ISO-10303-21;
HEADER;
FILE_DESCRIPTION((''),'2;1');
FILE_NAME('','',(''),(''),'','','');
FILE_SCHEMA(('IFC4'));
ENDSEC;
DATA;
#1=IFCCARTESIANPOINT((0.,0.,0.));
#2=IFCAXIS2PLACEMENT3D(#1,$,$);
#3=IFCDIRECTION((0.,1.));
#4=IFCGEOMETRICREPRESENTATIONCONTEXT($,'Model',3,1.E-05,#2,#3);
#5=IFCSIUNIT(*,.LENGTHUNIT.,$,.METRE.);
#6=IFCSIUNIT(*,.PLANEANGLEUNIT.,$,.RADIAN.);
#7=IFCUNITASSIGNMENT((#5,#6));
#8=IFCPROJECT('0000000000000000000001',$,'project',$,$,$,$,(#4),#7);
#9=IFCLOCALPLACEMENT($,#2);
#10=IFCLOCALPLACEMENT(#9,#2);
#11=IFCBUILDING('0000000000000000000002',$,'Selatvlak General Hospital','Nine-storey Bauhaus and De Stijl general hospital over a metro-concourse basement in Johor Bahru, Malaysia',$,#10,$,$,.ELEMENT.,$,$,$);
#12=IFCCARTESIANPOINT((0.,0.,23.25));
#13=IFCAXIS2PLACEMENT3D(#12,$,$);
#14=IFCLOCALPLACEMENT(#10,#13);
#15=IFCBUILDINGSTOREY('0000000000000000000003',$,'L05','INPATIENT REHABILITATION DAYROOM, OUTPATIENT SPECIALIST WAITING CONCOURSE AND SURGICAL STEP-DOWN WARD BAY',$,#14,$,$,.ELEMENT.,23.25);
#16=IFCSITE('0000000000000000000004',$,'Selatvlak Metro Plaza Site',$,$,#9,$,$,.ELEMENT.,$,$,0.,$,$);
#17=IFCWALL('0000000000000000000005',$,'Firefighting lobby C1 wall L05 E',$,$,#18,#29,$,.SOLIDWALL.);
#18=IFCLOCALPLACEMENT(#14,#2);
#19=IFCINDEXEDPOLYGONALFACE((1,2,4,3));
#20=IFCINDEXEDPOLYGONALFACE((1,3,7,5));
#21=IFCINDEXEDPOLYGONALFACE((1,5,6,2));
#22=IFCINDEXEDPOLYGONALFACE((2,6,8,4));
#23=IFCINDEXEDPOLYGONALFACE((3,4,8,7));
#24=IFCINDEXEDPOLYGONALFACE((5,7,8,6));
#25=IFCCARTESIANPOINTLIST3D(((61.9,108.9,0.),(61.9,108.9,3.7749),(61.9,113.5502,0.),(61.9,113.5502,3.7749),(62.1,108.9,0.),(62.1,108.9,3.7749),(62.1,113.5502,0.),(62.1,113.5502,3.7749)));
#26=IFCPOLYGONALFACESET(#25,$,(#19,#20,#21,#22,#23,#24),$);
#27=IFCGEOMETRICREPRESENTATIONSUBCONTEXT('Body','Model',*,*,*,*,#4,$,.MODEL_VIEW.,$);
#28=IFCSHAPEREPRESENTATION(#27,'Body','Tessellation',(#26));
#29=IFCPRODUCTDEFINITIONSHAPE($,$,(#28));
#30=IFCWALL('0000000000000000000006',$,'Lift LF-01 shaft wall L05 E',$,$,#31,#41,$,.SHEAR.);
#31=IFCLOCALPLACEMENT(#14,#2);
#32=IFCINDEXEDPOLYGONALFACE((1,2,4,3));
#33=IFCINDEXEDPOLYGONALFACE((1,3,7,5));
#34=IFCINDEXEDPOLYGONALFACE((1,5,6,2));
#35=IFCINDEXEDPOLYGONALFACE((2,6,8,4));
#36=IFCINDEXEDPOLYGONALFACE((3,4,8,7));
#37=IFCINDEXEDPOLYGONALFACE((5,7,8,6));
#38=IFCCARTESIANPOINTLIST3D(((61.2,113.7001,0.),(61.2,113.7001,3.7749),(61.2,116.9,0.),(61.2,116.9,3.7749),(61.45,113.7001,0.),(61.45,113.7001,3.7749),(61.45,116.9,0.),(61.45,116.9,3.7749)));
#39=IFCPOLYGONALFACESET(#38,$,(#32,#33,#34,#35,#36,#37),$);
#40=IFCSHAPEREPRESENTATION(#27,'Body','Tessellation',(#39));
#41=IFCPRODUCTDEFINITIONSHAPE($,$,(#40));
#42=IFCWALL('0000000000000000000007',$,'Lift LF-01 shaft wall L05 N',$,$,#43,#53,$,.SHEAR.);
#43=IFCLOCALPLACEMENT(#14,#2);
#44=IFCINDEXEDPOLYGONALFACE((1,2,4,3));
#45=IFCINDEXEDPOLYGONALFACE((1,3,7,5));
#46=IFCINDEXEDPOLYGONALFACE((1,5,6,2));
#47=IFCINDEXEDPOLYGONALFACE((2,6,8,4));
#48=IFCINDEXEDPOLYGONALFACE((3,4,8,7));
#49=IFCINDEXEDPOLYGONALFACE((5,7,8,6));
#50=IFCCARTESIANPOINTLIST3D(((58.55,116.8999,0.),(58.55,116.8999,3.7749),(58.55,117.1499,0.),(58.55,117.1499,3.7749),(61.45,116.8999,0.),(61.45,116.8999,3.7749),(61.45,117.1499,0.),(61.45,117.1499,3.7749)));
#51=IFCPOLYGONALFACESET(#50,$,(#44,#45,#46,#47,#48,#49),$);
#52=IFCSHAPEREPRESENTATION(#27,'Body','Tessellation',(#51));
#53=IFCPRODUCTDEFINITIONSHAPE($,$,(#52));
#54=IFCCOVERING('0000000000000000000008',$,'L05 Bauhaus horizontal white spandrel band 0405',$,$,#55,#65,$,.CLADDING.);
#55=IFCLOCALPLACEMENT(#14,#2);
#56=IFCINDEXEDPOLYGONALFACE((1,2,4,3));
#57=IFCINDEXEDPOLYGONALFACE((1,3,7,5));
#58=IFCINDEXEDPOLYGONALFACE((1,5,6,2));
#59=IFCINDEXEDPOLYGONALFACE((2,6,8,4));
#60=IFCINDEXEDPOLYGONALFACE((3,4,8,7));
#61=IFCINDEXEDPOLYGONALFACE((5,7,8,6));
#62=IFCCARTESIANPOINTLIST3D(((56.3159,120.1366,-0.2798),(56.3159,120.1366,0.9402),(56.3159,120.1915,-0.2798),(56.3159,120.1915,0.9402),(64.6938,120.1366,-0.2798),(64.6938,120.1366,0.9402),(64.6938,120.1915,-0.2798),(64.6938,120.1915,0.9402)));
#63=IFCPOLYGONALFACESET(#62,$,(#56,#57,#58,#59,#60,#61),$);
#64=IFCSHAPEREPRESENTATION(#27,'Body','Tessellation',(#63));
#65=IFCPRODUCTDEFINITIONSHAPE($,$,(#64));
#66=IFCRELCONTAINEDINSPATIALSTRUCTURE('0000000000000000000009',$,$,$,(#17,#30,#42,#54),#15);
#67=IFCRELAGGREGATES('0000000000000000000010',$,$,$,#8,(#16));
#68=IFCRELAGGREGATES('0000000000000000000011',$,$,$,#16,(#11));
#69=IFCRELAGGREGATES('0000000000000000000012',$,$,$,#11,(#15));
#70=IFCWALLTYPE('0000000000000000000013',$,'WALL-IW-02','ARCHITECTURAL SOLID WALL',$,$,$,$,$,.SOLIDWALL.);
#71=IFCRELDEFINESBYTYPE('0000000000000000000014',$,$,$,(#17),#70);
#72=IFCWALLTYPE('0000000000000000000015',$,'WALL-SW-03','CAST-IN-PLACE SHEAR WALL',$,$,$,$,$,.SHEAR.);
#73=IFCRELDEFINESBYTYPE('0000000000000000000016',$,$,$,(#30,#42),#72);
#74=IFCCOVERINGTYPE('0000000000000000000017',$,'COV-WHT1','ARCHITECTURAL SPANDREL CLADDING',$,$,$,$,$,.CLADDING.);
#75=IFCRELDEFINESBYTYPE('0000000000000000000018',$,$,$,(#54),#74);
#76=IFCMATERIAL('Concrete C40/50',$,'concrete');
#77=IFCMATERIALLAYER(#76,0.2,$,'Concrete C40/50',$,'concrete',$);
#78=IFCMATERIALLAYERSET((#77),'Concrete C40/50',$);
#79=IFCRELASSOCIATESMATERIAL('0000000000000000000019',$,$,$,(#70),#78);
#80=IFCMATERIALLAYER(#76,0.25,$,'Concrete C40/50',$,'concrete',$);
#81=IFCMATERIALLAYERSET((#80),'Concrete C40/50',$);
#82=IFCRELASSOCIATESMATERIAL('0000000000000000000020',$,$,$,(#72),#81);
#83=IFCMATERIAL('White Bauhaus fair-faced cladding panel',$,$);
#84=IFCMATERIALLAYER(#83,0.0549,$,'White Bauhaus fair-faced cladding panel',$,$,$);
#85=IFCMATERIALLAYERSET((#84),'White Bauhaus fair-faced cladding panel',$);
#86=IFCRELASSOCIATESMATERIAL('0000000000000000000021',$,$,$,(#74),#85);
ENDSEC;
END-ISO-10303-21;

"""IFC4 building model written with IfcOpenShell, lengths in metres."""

from ifc_helpers import new_model, si_unit, direction, frame, frame_2d, origin, origin_2d, place, context, subcontext, project, spatial, rectangle, extrude, material, layer, layer_set, type_object, element, save


model = new_model("IFC4")

# Units and contexts
model_context = context("Model", 3, precision=1e-05, world=origin(), true_north=direction((0.0, 1.0)))
body_context = subcontext(model_context, "Body", "Model", "MODEL_VIEW")
ifc_project = project(units=[si_unit("LENGTHUNIT", "METRE"), si_unit("PLANEANGLEUNIT", "RADIAN")], contexts=[model_context])

# Site, building, storey
site_placement = place(None, origin())
site = spatial("IfcSite", under=ifc_project, at=site_placement, Name="Selatvlak Metro Plaza Site", CompositionType="ELEMENT", RefElevation=0.0)
building_placement = place(site_placement, origin())
building = spatial("IfcBuilding", under=site, at=building_placement, Name="Selatvlak General Hospital", Description="Nine-storey Bauhaus and De Stijl general hospital over a metro-concourse basement in Johor Bahru, Malaysia", CompositionType="ELEMENT")
storey_placement = place(building_placement, frame((0.0, 0.0, 23.25)))
storey = spatial("IfcBuildingStorey", under=building, at=storey_placement, Name="L05", Description="INPATIENT REHABILITATION DAYROOM, OUTPATIENT SPECIALIST WAITING CONCOURSE AND SURGICAL STEP-DOWN WARD BAY", CompositionType="ELEMENT", Elevation=23.25)

# Shared definitions
ifc_material_1 = material(Name="Concrete C40/50", Category="concrete")

# Walls
ifc_layer_1 = layer(ifc_material_1, 0.2, Name="Concrete C40/50", Category="concrete")
ifc_layer_set_1 = layer_set([ifc_layer_1], Name="Concrete C40/50")
wall_type_1 = type_object("IfcWallType", Name="WALL-IW-02", Description="ARCHITECTURAL SOLID WALL", PredefinedType="SOLIDWALL", material=ifc_layer_set_1)
wall_1_placement = place(storey_placement, frame((62.0, 108.8999, 0.0), z_axis=(0.0, 0.0, 1.0), x_axis=(0.0, 1.0, 0.0)))
element("IfcWall", 1, at=wall_1_placement, inside=storey, type_object=wall_type_1, Name="Firefighting lobby C1 wall L05 E", PredefinedType="SOLIDWALL", context=body_context, shape_type="SweptSolid", body=[
    extrude(rectangle(XDim=4.6501, YDim=0.2, at=frame_2d((2.3252, 0.0))), origin(), (0.0, 0.0, 1.0), 3.7749),
])
ifc_layer_2 = layer(ifc_material_1, 0.25, Name="Concrete C40/50", Category="concrete")
ifc_layer_set_2 = layer_set([ifc_layer_2], Name="Concrete C40/50")
wall_type_2 = type_object("IfcWallType", Name="WALL-SW-03", Description="CAST-IN-PLACE SHEAR WALL", PredefinedType="SHEAR", material=ifc_layer_set_2)
wall_2_placement = place(storey_placement, frame((61.325, 113.7, 0.0), z_axis=(0.0, 0.0, 1.0), x_axis=(0.0, 1.0, 0.0)))
element("IfcWall", 2, at=wall_2_placement, inside=storey, type_object=wall_type_2, Name="Lift LF-01 shaft wall L05 E", PredefinedType="SHEAR", context=body_context, shape_type="SweptSolid", body=[
    extrude(rectangle(XDim=3.2, YDim=0.25, at=frame_2d((1.6001, 0.0))), origin(), (0.0, 0.0, 1.0), 3.7749),
])
wall_3_placement = place(storey_placement, frame((61.45, 117.0249, 0.0), z_axis=(0.0, 0.0, 1.0), x_axis=(-1.0, 0.0, 0.0)))
element("IfcWall", 3, at=wall_3_placement, inside=storey, type_object=wall_type_2, Name="Lift LF-01 shaft wall L05 N", PredefinedType="SHEAR", context=body_context, shape_type="SweptSolid", body=[
    extrude(rectangle(XDim=2.8999, YDim=0.25, at=frame_2d((1.45, 0.0))), origin(), (0.0, 0.0, 1.0), 3.7749),
])

# Covering
ifc_material_2 = material(Name="White Bauhaus fair-faced cladding panel")
ifc_layer_3 = layer(ifc_material_2, 0.0549, Name="White Bauhaus fair-faced cladding panel")
ifc_layer_set_3 = layer_set([ifc_layer_3], Name="White Bauhaus fair-faced cladding panel")
covering_type = type_object("IfcCoveringType", Name="COV-WHT1", Description="ARCHITECTURAL SPANDREL CLADDING", PredefinedType="CLADDING", material=ifc_layer_set_3)
covering_placement = place(storey_placement, frame((60.5049, 120.1641, -0.2798), z_axis=(0.0, 0.0, 1.0), x_axis=(1.0, 0.0, 0.0)))
element("IfcCovering", 4, at=covering_placement, inside=storey, type_object=covering_type, Name="L05 Bauhaus horizontal white spandrel band 0405", PredefinedType="CLADDING", context=body_context, shape_type="SweptSolid", body=[
    extrude(rectangle(XDim=8.3779, YDim=0.0549, at=origin_2d()), origin(), (0.0, 0.0, 1.0), 1.22),
])

save(model, "model.ifc")
